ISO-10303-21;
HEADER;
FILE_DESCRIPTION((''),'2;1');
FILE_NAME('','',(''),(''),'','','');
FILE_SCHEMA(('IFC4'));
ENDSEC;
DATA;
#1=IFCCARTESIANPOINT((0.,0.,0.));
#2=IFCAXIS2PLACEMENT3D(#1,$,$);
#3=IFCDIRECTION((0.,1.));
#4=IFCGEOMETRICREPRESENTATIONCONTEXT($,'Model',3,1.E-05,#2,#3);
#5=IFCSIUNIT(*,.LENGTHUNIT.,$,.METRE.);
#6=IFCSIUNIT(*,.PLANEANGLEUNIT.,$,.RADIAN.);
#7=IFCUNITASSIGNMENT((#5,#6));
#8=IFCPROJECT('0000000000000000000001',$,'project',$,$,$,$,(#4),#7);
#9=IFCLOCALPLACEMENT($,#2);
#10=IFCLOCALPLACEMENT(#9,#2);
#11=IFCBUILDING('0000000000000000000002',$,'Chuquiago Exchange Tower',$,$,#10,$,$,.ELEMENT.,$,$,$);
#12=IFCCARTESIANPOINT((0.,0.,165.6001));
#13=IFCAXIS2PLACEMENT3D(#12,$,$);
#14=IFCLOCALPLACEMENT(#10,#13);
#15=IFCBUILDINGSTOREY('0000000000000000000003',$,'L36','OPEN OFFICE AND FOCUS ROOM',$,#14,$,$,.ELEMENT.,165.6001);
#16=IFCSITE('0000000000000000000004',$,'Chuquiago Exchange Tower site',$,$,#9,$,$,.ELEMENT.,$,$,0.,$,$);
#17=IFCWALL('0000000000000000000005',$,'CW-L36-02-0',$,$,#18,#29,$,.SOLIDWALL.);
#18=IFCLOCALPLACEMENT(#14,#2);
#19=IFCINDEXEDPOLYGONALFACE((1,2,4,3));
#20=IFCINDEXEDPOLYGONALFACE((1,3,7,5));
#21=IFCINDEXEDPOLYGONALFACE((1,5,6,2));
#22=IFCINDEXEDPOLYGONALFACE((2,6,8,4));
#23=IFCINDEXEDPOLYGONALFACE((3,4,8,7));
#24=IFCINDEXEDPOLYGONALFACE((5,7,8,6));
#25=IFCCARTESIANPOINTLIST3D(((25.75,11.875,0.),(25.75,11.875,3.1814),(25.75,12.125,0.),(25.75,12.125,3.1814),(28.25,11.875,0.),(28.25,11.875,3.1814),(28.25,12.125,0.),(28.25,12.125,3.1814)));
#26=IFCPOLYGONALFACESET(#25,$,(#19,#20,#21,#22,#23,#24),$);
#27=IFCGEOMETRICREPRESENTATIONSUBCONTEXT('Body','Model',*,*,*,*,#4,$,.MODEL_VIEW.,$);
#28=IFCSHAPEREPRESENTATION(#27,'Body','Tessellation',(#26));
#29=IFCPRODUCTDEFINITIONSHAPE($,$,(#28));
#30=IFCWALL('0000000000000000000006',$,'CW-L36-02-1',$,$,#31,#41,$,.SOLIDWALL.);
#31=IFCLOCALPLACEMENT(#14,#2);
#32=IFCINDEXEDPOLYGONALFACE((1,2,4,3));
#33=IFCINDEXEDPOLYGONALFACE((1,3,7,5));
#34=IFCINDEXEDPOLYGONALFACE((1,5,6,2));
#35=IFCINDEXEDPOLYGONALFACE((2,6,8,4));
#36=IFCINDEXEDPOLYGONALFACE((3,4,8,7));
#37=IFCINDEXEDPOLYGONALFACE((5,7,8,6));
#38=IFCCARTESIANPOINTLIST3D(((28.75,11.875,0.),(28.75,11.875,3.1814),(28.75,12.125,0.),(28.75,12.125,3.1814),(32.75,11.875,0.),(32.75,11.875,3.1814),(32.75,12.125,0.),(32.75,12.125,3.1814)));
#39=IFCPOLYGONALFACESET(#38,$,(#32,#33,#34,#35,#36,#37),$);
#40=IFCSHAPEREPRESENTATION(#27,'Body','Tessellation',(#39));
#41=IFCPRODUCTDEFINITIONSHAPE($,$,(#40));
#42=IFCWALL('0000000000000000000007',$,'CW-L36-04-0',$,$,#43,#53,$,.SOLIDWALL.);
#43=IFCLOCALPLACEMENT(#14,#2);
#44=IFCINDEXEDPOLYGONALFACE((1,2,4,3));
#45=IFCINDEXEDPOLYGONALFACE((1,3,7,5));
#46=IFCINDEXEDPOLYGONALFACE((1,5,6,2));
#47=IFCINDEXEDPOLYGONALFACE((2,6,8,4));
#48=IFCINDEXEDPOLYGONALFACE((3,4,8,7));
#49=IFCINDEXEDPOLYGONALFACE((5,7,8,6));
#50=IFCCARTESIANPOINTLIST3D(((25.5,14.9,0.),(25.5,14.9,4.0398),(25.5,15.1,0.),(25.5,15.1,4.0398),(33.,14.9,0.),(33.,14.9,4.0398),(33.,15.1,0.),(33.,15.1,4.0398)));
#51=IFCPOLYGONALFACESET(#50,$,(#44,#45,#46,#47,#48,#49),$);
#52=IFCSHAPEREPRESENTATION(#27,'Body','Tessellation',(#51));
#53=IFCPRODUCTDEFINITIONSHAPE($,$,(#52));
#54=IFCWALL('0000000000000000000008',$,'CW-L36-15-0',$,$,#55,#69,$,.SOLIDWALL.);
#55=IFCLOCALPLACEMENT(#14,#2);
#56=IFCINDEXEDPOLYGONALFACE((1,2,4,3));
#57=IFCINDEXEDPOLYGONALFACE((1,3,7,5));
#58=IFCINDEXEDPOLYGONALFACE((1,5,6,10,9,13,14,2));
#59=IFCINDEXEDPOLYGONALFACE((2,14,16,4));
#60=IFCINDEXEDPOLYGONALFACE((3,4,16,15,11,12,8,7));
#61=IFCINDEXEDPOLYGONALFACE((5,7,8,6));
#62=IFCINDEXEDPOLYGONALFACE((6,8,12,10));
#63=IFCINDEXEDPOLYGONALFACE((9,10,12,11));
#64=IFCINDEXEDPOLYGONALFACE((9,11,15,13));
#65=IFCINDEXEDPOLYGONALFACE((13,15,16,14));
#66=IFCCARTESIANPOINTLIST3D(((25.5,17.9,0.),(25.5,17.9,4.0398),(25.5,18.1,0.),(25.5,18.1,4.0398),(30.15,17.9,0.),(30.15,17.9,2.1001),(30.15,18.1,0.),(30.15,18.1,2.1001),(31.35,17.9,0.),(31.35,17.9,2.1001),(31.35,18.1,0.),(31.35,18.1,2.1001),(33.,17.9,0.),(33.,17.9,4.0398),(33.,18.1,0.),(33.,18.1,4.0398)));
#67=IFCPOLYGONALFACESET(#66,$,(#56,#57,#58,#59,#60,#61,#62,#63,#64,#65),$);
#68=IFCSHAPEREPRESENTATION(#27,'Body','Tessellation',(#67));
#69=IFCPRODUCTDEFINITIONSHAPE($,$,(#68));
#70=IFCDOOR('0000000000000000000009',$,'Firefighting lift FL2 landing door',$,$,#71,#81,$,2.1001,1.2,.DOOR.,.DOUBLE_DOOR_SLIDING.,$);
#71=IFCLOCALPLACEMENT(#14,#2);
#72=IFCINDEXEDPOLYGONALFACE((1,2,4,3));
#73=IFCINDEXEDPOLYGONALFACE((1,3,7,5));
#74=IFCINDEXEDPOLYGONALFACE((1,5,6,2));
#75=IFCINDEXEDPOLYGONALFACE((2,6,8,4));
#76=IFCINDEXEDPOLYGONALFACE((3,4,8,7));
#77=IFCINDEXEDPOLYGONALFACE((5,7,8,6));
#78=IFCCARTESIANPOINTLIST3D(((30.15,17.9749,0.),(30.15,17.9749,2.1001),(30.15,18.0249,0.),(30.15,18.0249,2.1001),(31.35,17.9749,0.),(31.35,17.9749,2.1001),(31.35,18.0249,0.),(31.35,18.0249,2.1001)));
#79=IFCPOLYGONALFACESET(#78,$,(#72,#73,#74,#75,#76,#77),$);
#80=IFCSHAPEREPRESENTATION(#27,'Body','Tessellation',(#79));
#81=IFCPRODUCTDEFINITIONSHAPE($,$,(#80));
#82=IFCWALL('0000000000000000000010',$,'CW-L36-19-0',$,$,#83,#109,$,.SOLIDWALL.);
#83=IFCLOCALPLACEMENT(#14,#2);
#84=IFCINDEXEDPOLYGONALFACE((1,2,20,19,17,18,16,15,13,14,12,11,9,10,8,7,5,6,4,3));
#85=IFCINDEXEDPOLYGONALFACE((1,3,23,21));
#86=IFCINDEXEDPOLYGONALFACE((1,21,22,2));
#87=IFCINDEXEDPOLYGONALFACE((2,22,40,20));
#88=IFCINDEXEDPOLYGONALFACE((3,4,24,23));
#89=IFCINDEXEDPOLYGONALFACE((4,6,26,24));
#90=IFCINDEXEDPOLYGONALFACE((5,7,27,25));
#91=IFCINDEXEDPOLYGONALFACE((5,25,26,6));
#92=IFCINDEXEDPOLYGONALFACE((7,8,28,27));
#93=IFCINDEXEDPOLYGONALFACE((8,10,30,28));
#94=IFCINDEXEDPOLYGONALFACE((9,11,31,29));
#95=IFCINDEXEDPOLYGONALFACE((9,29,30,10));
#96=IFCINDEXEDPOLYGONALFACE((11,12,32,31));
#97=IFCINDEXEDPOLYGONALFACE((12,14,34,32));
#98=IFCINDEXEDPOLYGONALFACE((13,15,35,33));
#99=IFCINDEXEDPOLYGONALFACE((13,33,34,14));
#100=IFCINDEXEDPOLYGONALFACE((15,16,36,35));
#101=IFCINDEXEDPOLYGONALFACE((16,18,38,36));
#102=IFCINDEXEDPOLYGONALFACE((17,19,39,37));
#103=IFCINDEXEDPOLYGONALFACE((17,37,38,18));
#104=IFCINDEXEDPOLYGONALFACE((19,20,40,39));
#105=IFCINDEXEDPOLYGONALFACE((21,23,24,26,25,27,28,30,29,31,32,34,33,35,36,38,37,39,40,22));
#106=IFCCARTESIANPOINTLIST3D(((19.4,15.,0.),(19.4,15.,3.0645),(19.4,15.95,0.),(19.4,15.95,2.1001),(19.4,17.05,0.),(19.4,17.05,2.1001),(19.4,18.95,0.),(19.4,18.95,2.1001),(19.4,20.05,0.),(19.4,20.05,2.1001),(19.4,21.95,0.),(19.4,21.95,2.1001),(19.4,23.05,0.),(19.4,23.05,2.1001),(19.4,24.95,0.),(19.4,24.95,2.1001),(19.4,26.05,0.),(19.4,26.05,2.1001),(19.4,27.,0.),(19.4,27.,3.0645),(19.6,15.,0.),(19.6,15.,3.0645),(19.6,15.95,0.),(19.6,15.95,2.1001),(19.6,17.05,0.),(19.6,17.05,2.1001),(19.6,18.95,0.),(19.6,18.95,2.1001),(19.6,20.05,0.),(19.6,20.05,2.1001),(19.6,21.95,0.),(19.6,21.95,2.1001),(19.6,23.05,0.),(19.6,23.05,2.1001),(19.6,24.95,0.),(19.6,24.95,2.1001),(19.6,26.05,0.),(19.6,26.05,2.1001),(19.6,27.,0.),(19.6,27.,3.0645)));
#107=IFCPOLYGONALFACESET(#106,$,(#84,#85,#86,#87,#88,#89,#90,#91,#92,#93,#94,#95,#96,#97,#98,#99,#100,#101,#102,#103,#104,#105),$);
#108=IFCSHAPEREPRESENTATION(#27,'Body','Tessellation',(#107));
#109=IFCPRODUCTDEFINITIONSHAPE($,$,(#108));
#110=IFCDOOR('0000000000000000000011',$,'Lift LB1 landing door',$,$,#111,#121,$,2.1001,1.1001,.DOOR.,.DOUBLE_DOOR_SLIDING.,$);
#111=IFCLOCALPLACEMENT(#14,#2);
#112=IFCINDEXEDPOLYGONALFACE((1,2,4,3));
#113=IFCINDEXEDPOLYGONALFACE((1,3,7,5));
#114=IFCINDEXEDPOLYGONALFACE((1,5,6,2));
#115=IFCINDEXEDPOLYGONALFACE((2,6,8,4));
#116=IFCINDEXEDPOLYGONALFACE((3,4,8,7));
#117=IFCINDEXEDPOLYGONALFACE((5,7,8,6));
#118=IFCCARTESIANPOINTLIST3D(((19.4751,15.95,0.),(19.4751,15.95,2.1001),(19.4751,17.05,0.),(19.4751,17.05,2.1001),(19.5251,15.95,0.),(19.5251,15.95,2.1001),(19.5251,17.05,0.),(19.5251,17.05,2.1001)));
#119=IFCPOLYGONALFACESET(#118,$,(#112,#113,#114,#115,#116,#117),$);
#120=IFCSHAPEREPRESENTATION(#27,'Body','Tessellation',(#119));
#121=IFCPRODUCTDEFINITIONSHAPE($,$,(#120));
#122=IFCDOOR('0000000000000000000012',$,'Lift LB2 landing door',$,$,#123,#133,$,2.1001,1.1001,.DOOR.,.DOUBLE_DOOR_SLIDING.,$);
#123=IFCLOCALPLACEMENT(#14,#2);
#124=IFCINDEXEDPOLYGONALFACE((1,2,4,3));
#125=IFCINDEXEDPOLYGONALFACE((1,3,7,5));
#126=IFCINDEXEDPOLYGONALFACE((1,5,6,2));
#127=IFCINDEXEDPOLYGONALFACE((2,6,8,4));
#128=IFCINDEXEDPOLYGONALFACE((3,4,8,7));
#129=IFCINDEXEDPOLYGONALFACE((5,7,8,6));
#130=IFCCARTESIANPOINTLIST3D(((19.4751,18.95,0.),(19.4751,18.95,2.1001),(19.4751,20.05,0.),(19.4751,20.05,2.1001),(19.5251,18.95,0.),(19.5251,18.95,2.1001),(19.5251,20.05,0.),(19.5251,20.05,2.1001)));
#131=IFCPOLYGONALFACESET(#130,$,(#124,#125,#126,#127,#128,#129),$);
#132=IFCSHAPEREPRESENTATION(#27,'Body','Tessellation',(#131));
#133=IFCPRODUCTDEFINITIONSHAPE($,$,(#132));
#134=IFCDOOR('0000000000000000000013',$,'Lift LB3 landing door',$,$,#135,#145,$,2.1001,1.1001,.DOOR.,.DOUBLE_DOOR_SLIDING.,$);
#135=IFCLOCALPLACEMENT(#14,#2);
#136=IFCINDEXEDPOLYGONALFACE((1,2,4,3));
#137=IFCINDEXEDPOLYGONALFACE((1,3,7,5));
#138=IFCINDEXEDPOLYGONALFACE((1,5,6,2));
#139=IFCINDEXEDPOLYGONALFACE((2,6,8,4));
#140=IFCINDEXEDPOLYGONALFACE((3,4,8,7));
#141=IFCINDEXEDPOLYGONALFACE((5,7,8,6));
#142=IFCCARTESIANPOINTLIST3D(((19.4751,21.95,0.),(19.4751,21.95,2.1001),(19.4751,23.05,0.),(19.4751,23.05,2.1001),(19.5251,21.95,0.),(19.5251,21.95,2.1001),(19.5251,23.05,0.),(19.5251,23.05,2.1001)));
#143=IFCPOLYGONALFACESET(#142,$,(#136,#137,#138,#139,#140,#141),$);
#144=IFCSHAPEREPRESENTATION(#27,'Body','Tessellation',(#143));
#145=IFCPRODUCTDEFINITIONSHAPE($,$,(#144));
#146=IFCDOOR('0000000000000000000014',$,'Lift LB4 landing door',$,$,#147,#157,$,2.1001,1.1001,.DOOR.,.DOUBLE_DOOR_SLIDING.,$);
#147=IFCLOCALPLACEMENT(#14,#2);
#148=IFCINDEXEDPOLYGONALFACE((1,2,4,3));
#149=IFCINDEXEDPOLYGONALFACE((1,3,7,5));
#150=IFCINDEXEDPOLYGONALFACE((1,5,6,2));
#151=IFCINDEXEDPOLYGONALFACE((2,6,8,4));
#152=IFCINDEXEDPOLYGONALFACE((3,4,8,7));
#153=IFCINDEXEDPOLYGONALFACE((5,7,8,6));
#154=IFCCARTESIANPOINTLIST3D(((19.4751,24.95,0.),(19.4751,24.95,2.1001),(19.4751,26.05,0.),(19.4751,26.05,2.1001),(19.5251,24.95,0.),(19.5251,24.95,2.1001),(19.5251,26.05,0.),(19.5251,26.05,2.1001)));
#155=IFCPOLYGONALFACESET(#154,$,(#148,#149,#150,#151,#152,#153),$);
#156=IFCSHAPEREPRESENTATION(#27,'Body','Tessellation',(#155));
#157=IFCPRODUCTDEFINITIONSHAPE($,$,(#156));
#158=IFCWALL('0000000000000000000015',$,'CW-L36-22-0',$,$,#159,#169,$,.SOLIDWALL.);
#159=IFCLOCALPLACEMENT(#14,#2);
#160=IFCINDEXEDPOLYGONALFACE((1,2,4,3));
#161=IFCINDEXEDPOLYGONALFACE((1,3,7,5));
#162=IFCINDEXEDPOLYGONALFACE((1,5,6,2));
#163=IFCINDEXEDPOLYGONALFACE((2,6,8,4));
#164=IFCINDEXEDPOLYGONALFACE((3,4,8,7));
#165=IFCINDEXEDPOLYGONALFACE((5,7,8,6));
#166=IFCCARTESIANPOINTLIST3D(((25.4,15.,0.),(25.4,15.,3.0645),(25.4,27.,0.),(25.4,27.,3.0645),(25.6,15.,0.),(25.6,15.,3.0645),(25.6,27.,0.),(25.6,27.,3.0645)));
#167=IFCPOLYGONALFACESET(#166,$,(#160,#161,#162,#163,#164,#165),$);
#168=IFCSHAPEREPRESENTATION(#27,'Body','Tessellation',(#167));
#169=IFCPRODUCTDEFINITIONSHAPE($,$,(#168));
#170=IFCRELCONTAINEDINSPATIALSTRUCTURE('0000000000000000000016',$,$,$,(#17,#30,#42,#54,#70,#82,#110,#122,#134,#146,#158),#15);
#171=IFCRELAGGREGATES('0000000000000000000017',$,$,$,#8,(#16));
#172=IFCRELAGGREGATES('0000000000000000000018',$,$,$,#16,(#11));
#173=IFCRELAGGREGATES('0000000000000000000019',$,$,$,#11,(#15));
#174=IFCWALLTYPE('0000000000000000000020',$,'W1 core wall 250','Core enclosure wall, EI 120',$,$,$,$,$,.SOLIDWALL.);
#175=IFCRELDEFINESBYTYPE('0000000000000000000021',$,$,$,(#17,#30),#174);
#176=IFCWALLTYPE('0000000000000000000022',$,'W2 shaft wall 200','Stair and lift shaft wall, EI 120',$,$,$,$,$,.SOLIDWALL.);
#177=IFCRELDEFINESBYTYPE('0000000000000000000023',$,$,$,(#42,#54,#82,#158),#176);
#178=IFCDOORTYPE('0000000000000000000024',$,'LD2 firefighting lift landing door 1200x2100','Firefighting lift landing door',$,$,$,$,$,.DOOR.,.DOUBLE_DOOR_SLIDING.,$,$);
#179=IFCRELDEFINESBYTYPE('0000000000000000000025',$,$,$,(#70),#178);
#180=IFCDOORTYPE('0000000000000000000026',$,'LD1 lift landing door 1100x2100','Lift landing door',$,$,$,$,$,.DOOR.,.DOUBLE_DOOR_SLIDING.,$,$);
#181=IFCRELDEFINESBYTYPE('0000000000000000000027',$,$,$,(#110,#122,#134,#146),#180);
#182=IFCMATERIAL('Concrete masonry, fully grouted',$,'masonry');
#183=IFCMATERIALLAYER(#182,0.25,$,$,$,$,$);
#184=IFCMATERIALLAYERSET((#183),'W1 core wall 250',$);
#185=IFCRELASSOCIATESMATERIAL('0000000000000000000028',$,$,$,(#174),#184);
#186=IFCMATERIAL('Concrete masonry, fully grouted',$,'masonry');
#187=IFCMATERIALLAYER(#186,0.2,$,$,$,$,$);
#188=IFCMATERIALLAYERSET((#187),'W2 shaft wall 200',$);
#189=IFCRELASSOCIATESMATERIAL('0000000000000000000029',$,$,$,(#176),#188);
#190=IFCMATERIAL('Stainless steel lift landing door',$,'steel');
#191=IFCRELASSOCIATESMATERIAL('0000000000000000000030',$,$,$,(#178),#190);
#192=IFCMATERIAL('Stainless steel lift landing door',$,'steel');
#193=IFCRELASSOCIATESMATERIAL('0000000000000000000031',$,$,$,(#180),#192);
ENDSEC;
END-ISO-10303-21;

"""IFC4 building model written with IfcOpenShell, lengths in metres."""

from ifc_helpers import new_model, si_unit, direction, frame, frame_2d, origin, place, context, subcontext, project, spatial, rectangle, extrude, material, layer, layer_set, type_object, element, fill, save


model = new_model("IFC4")

# Units and contexts
model_context = context("Model", 3, precision=1e-05, world=origin(), true_north=direction((0.0, 1.0)))
body_context = subcontext(model_context, "Body", "Model", "MODEL_VIEW")
ifc_project = project(units=[si_unit("LENGTHUNIT", "METRE"), si_unit("PLANEANGLEUNIT", "RADIAN")], contexts=[model_context])

# Site, building, storey
site_placement = place(None, origin())
site = spatial("IfcSite", under=ifc_project, at=site_placement, Name="Chuquiago Exchange Tower site", CompositionType="ELEMENT", RefElevation=0.0)
building_placement = place(site_placement, origin())
building = spatial("IfcBuilding", under=site, at=building_placement, Name="Chuquiago Exchange Tower", CompositionType="ELEMENT")
storey_placement = place(building_placement, frame((0.0, 0.0, 165.6001)))
storey = spatial("IfcBuildingStorey", under=building, at=storey_placement, Name="L36", Description="OPEN OFFICE AND FOCUS ROOM", CompositionType="ELEMENT", Elevation=165.6001)

# Walls
ifc_material_1 = material(Name="Concrete masonry, fully grouted", Category="masonry")
ifc_layer_1 = layer(ifc_material_1, 0.25)
ifc_layer_set_1 = layer_set([ifc_layer_1], Name="W1 core wall 250")
wall_type_1 = type_object("IfcWallType", Name="W1 core wall 250", Description="Core enclosure wall, EI 120", PredefinedType="SOLIDWALL", material=ifc_layer_set_1)
wall_1_placement = place(storey_placement, frame((25.75, 12.0, 0.0), z_axis=(0.0, 0.0, 1.0), x_axis=(1.0, 0.0, 0.0)))
element("IfcWall", 1, at=wall_1_placement, inside=storey, type_object=wall_type_1, Name="CW-L36-02-0", PredefinedType="SOLIDWALL", context=body_context, shape_type="SweptSolid", body=[
    extrude(rectangle(XDim=2.5, YDim=0.25, at=frame_2d((1.25, 0.0))), origin(), (0.0, 0.0, 1.0), 3.1814),
])
wall_2_placement = place(storey_placement, frame((28.75, 12.0, 0.0), z_axis=(0.0, 0.0, 1.0), x_axis=(1.0, 0.0, 0.0)))
element("IfcWall", 2, at=wall_2_placement, inside=storey, type_object=wall_type_1, Name="CW-L36-02-1", PredefinedType="SOLIDWALL", context=body_context, shape_type="SweptSolid", body=[
    extrude(rectangle(XDim=4.0, YDim=0.25, at=frame_2d((2.0, 0.0))), origin(), (0.0, 0.0, 1.0), 3.1814),
])
ifc_material_2 = material(Name="Concrete masonry, fully grouted", Category="masonry")
ifc_layer_2 = layer(ifc_material_2, 0.2)
ifc_layer_set_2 = layer_set([ifc_layer_2], Name="W2 shaft wall 200")
wall_type_2 = type_object("IfcWallType", Name="W2 shaft wall 200", Description="Stair and lift shaft wall, EI 120", PredefinedType="SOLIDWALL", material=ifc_layer_set_2)
wall_3_placement = place(storey_placement, frame((25.5, 15.0, 0.0), z_axis=(0.0, 0.0, 1.0), x_axis=(1.0, 0.0, 0.0)))
element("IfcWall", 3, at=wall_3_placement, inside=storey, type_object=wall_type_2, Name="CW-L36-04-0", PredefinedType="SOLIDWALL", context=body_context, shape_type="SweptSolid", body=[
    extrude(rectangle(XDim=7.5, YDim=0.2, at=frame_2d((3.75, 0.0))), origin(), (0.0, 0.0, 1.0), 4.0398),
])

# Wall, opening, door
wall_4_placement = place(storey_placement, frame((25.5, 18.0, 0.0), z_axis=(0.0, 0.0, 1.0), x_axis=(1.0, 0.0, 0.0)))
wall_4 = element("IfcWall", 4, at=wall_4_placement, inside=storey, type_object=wall_type_2, Name="CW-L36-15-0", PredefinedType="SOLIDWALL", context=body_context, shape_type="SweptSolid", body=[
    extrude(rectangle(XDim=7.5, YDim=0.2, at=frame_2d((3.75, 0.0))), origin(), (0.0, 0.0, 1.0), 4.0398),
])
opening_1_placement = place(wall_4_placement, frame((4.6499, 0.0, 0.0)))
opening_1 = element("IfcOpeningElement", 5, at=opening_1_placement, cuts=wall_4, PredefinedType="OPENING", context=body_context, shape_type="SweptSolid", body=[
    extrude(rectangle(XDim=1.2, YDim=2.1001, at=frame_2d((0.6001, 1.05))), frame((0.0, 0.1099, 0.0), z_axis=(0.0, -1.0, 0.0), x_axis=(1.0, 0.0, 0.0)), (0.0, 0.0, 1.0), 0.22),
])
ifc_material_3 = material(Name="Stainless steel lift landing door", Category="steel")
door_type_1 = type_object("IfcDoorType", Name="LD2 firefighting lift landing door 1200x2100", Description="Firefighting lift landing door", OperationType="DOUBLE_DOOR_SLIDING", PredefinedType="DOOR", material=ifc_material_3)
door_1_placement = place(opening_1_placement, origin())
door_1 = element("IfcDoor", 6, at=door_1_placement, inside=storey, type_object=door_type_1, Name="Firefighting lift FL2 landing door", OperationType="DOUBLE_DOOR_SLIDING", OverallHeight=2.1001, OverallWidth=1.2, PredefinedType="DOOR", context=body_context, shape_type="SweptSolid", body=[
    extrude(rectangle(XDim=1.2, YDim=2.1001, at=frame_2d((0.6001, 1.05))), frame((0.0, 0.0249, 0.0), z_axis=(0.0, -1.0, 0.0), x_axis=(1.0, 0.0, 0.0)), (0.0, 0.0, 1.0), 0.05),
])
fill(opening_1, door_1)

# Wall, openings, doors
wall_5_placement = place(storey_placement, frame((19.5, 15.0, 0.0), z_axis=(0.0, 0.0, 1.0), x_axis=(0.0, 1.0, 0.0)))
wall_5 = element("IfcWall", 7, at=wall_5_placement, inside=storey, type_object=wall_type_2, Name="CW-L36-19-0", PredefinedType="SOLIDWALL", context=body_context, shape_type="SweptSolid", body=[
    extrude(rectangle(XDim=12.0, YDim=0.2, at=frame_2d((6.0, 0.0))), origin(), (0.0, 0.0, 1.0), 3.0645),
])
opening_2_placement = place(wall_5_placement, frame((0.95, 0.0, 0.0)))
opening_2 = element("IfcOpeningElement", 8, at=opening_2_placement, cuts=wall_5, PredefinedType="OPENING", context=body_context, shape_type="SweptSolid", body=[
    extrude(rectangle(XDim=1.1001, YDim=2.1001, at=frame_2d((0.55, 1.05))), frame((0.0, 0.1099, 0.0), z_axis=(0.0, -1.0, 0.0), x_axis=(1.0, 0.0, 0.0)), (0.0, 0.0, 1.0), 0.22),
])
opening_3_placement = place(wall_5_placement, frame((3.95, 0.0, 0.0)))
opening_3 = element("IfcOpeningElement", 9, at=opening_3_placement, cuts=wall_5, PredefinedType="OPENING", context=body_context, shape_type="SweptSolid", body=[
    extrude(rectangle(XDim=1.1001, YDim=2.1001, at=frame_2d((0.55, 1.05))), frame((0.0, 0.1099, 0.0), z_axis=(0.0, -1.0, 0.0), x_axis=(1.0, 0.0, 0.0)), (0.0, 0.0, 1.0), 0.22),
])
opening_4_placement = place(wall_5_placement, frame((6.95, 0.0, 0.0)))
opening_4 = element("IfcOpeningElement", 10, at=opening_4_placement, cuts=wall_5, PredefinedType="OPENING", context=body_context, shape_type="SweptSolid", body=[
    extrude(rectangle(XDim=1.1001, YDim=2.1001, at=frame_2d((0.55, 1.05))), frame((0.0, 0.1099, 0.0), z_axis=(0.0, -1.0, 0.0), x_axis=(1.0, 0.0, 0.0)), (0.0, 0.0, 1.0), 0.22),
])
opening_5_placement = place(wall_5_placement, frame((9.95, 0.0, 0.0)))
opening_5 = element("IfcOpeningElement", 11, at=opening_5_placement, cuts=wall_5, PredefinedType="OPENING", context=body_context, shape_type="SweptSolid", body=[
    extrude(rectangle(XDim=1.1001, YDim=2.1001, at=frame_2d((0.55, 1.05))), frame((0.0, 0.1099, 0.0), z_axis=(0.0, -1.0, 0.0), x_axis=(1.0, 0.0, 0.0)), (0.0, 0.0, 1.0), 0.22),
])
ifc_material_4 = material(Name="Stainless steel lift landing door", Category="steel")
door_type_2 = type_object("IfcDoorType", Name="LD1 lift landing door 1100x2100", Description="Lift landing door", OperationType="DOUBLE_DOOR_SLIDING", PredefinedType="DOOR", material=ifc_material_4)
door_2_placement = place(opening_2_placement, origin())
door_2 = element("IfcDoor", 12, at=door_2_placement, inside=storey, type_object=door_type_2, Name="Lift LB1 landing door", OperationType="DOUBLE_DOOR_SLIDING", OverallHeight=2.1001, OverallWidth=1.1001, PredefinedType="DOOR", context=body_context, shape_type="SweptSolid", body=[
    extrude(rectangle(XDim=1.1001, YDim=2.1001, at=frame_2d((0.55, 1.05))), frame((0.0, 0.0249, 0.0), z_axis=(0.0, -1.0, 0.0), x_axis=(1.0, 0.0, 0.0)), (0.0, 0.0, 1.0), 0.05),
])
fill(opening_2, door_2)
door_3_placement = place(opening_3_placement, origin())
door_3 = element("IfcDoor", 13, at=door_3_placement, inside=storey, type_object=door_type_2, Name="Lift LB2 landing door", OperationType="DOUBLE_DOOR_SLIDING", OverallHeight=2.1001, OverallWidth=1.1001, PredefinedType="DOOR", context=body_context, shape_type="SweptSolid", body=[
    extrude(rectangle(XDim=1.1001, YDim=2.1001, at=frame_2d((0.55, 1.05))), frame((0.0, 0.0249, 0.0), z_axis=(0.0, -1.0, 0.0), x_axis=(1.0, 0.0, 0.0)), (0.0, 0.0, 1.0), 0.05),
])
fill(opening_3, door_3)
door_4_placement = place(opening_4_placement, origin())
door_4 = element("IfcDoor", 14, at=door_4_placement, inside=storey, type_object=door_type_2, Name="Lift LB3 landing door", OperationType="DOUBLE_DOOR_SLIDING", OverallHeight=2.1001, OverallWidth=1.1001, PredefinedType="DOOR", context=body_context, shape_type="SweptSolid", body=[
    extrude(rectangle(XDim=1.1001, YDim=2.1001, at=frame_2d((0.55, 1.05))), frame((0.0, 0.0249, 0.0), z_axis=(0.0, -1.0, 0.0), x_axis=(1.0, 0.0, 0.0)), (0.0, 0.0, 1.0), 0.05),
])
fill(opening_4, door_4)
door_5_placement = place(opening_5_placement, origin())
door_5 = element("IfcDoor", 15, at=door_5_placement, inside=storey, type_object=door_type_2, Name="Lift LB4 landing door", OperationType="DOUBLE_DOOR_SLIDING", OverallHeight=2.1001, OverallWidth=1.1001, PredefinedType="DOOR", context=body_context, shape_type="SweptSolid", body=[
    extrude(rectangle(XDim=1.1001, YDim=2.1001, at=frame_2d((0.55, 1.05))), frame((0.0, 0.0249, 0.0), z_axis=(0.0, -1.0, 0.0), x_axis=(1.0, 0.0, 0.0)), (0.0, 0.0, 1.0), 0.05),
])
fill(opening_5, door_5)

# Wall
wall_6_placement = place(storey_placement, frame((25.5, 15.0, 0.0), z_axis=(0.0, 0.0, 1.0), x_axis=(0.0, 1.0, 0.0)))
element("IfcWall", 16, at=wall_6_placement, inside=storey, type_object=wall_type_2, Name="CW-L36-22-0", PredefinedType="SOLIDWALL", context=body_context, shape_type="SweptSolid", body=[
    extrude(rectangle(XDim=12.0, YDim=0.2, at=frame_2d((6.0, 0.0))), origin(), (0.0, 0.0, 1.0), 3.0645),
])

save(model, "model.ifc")
